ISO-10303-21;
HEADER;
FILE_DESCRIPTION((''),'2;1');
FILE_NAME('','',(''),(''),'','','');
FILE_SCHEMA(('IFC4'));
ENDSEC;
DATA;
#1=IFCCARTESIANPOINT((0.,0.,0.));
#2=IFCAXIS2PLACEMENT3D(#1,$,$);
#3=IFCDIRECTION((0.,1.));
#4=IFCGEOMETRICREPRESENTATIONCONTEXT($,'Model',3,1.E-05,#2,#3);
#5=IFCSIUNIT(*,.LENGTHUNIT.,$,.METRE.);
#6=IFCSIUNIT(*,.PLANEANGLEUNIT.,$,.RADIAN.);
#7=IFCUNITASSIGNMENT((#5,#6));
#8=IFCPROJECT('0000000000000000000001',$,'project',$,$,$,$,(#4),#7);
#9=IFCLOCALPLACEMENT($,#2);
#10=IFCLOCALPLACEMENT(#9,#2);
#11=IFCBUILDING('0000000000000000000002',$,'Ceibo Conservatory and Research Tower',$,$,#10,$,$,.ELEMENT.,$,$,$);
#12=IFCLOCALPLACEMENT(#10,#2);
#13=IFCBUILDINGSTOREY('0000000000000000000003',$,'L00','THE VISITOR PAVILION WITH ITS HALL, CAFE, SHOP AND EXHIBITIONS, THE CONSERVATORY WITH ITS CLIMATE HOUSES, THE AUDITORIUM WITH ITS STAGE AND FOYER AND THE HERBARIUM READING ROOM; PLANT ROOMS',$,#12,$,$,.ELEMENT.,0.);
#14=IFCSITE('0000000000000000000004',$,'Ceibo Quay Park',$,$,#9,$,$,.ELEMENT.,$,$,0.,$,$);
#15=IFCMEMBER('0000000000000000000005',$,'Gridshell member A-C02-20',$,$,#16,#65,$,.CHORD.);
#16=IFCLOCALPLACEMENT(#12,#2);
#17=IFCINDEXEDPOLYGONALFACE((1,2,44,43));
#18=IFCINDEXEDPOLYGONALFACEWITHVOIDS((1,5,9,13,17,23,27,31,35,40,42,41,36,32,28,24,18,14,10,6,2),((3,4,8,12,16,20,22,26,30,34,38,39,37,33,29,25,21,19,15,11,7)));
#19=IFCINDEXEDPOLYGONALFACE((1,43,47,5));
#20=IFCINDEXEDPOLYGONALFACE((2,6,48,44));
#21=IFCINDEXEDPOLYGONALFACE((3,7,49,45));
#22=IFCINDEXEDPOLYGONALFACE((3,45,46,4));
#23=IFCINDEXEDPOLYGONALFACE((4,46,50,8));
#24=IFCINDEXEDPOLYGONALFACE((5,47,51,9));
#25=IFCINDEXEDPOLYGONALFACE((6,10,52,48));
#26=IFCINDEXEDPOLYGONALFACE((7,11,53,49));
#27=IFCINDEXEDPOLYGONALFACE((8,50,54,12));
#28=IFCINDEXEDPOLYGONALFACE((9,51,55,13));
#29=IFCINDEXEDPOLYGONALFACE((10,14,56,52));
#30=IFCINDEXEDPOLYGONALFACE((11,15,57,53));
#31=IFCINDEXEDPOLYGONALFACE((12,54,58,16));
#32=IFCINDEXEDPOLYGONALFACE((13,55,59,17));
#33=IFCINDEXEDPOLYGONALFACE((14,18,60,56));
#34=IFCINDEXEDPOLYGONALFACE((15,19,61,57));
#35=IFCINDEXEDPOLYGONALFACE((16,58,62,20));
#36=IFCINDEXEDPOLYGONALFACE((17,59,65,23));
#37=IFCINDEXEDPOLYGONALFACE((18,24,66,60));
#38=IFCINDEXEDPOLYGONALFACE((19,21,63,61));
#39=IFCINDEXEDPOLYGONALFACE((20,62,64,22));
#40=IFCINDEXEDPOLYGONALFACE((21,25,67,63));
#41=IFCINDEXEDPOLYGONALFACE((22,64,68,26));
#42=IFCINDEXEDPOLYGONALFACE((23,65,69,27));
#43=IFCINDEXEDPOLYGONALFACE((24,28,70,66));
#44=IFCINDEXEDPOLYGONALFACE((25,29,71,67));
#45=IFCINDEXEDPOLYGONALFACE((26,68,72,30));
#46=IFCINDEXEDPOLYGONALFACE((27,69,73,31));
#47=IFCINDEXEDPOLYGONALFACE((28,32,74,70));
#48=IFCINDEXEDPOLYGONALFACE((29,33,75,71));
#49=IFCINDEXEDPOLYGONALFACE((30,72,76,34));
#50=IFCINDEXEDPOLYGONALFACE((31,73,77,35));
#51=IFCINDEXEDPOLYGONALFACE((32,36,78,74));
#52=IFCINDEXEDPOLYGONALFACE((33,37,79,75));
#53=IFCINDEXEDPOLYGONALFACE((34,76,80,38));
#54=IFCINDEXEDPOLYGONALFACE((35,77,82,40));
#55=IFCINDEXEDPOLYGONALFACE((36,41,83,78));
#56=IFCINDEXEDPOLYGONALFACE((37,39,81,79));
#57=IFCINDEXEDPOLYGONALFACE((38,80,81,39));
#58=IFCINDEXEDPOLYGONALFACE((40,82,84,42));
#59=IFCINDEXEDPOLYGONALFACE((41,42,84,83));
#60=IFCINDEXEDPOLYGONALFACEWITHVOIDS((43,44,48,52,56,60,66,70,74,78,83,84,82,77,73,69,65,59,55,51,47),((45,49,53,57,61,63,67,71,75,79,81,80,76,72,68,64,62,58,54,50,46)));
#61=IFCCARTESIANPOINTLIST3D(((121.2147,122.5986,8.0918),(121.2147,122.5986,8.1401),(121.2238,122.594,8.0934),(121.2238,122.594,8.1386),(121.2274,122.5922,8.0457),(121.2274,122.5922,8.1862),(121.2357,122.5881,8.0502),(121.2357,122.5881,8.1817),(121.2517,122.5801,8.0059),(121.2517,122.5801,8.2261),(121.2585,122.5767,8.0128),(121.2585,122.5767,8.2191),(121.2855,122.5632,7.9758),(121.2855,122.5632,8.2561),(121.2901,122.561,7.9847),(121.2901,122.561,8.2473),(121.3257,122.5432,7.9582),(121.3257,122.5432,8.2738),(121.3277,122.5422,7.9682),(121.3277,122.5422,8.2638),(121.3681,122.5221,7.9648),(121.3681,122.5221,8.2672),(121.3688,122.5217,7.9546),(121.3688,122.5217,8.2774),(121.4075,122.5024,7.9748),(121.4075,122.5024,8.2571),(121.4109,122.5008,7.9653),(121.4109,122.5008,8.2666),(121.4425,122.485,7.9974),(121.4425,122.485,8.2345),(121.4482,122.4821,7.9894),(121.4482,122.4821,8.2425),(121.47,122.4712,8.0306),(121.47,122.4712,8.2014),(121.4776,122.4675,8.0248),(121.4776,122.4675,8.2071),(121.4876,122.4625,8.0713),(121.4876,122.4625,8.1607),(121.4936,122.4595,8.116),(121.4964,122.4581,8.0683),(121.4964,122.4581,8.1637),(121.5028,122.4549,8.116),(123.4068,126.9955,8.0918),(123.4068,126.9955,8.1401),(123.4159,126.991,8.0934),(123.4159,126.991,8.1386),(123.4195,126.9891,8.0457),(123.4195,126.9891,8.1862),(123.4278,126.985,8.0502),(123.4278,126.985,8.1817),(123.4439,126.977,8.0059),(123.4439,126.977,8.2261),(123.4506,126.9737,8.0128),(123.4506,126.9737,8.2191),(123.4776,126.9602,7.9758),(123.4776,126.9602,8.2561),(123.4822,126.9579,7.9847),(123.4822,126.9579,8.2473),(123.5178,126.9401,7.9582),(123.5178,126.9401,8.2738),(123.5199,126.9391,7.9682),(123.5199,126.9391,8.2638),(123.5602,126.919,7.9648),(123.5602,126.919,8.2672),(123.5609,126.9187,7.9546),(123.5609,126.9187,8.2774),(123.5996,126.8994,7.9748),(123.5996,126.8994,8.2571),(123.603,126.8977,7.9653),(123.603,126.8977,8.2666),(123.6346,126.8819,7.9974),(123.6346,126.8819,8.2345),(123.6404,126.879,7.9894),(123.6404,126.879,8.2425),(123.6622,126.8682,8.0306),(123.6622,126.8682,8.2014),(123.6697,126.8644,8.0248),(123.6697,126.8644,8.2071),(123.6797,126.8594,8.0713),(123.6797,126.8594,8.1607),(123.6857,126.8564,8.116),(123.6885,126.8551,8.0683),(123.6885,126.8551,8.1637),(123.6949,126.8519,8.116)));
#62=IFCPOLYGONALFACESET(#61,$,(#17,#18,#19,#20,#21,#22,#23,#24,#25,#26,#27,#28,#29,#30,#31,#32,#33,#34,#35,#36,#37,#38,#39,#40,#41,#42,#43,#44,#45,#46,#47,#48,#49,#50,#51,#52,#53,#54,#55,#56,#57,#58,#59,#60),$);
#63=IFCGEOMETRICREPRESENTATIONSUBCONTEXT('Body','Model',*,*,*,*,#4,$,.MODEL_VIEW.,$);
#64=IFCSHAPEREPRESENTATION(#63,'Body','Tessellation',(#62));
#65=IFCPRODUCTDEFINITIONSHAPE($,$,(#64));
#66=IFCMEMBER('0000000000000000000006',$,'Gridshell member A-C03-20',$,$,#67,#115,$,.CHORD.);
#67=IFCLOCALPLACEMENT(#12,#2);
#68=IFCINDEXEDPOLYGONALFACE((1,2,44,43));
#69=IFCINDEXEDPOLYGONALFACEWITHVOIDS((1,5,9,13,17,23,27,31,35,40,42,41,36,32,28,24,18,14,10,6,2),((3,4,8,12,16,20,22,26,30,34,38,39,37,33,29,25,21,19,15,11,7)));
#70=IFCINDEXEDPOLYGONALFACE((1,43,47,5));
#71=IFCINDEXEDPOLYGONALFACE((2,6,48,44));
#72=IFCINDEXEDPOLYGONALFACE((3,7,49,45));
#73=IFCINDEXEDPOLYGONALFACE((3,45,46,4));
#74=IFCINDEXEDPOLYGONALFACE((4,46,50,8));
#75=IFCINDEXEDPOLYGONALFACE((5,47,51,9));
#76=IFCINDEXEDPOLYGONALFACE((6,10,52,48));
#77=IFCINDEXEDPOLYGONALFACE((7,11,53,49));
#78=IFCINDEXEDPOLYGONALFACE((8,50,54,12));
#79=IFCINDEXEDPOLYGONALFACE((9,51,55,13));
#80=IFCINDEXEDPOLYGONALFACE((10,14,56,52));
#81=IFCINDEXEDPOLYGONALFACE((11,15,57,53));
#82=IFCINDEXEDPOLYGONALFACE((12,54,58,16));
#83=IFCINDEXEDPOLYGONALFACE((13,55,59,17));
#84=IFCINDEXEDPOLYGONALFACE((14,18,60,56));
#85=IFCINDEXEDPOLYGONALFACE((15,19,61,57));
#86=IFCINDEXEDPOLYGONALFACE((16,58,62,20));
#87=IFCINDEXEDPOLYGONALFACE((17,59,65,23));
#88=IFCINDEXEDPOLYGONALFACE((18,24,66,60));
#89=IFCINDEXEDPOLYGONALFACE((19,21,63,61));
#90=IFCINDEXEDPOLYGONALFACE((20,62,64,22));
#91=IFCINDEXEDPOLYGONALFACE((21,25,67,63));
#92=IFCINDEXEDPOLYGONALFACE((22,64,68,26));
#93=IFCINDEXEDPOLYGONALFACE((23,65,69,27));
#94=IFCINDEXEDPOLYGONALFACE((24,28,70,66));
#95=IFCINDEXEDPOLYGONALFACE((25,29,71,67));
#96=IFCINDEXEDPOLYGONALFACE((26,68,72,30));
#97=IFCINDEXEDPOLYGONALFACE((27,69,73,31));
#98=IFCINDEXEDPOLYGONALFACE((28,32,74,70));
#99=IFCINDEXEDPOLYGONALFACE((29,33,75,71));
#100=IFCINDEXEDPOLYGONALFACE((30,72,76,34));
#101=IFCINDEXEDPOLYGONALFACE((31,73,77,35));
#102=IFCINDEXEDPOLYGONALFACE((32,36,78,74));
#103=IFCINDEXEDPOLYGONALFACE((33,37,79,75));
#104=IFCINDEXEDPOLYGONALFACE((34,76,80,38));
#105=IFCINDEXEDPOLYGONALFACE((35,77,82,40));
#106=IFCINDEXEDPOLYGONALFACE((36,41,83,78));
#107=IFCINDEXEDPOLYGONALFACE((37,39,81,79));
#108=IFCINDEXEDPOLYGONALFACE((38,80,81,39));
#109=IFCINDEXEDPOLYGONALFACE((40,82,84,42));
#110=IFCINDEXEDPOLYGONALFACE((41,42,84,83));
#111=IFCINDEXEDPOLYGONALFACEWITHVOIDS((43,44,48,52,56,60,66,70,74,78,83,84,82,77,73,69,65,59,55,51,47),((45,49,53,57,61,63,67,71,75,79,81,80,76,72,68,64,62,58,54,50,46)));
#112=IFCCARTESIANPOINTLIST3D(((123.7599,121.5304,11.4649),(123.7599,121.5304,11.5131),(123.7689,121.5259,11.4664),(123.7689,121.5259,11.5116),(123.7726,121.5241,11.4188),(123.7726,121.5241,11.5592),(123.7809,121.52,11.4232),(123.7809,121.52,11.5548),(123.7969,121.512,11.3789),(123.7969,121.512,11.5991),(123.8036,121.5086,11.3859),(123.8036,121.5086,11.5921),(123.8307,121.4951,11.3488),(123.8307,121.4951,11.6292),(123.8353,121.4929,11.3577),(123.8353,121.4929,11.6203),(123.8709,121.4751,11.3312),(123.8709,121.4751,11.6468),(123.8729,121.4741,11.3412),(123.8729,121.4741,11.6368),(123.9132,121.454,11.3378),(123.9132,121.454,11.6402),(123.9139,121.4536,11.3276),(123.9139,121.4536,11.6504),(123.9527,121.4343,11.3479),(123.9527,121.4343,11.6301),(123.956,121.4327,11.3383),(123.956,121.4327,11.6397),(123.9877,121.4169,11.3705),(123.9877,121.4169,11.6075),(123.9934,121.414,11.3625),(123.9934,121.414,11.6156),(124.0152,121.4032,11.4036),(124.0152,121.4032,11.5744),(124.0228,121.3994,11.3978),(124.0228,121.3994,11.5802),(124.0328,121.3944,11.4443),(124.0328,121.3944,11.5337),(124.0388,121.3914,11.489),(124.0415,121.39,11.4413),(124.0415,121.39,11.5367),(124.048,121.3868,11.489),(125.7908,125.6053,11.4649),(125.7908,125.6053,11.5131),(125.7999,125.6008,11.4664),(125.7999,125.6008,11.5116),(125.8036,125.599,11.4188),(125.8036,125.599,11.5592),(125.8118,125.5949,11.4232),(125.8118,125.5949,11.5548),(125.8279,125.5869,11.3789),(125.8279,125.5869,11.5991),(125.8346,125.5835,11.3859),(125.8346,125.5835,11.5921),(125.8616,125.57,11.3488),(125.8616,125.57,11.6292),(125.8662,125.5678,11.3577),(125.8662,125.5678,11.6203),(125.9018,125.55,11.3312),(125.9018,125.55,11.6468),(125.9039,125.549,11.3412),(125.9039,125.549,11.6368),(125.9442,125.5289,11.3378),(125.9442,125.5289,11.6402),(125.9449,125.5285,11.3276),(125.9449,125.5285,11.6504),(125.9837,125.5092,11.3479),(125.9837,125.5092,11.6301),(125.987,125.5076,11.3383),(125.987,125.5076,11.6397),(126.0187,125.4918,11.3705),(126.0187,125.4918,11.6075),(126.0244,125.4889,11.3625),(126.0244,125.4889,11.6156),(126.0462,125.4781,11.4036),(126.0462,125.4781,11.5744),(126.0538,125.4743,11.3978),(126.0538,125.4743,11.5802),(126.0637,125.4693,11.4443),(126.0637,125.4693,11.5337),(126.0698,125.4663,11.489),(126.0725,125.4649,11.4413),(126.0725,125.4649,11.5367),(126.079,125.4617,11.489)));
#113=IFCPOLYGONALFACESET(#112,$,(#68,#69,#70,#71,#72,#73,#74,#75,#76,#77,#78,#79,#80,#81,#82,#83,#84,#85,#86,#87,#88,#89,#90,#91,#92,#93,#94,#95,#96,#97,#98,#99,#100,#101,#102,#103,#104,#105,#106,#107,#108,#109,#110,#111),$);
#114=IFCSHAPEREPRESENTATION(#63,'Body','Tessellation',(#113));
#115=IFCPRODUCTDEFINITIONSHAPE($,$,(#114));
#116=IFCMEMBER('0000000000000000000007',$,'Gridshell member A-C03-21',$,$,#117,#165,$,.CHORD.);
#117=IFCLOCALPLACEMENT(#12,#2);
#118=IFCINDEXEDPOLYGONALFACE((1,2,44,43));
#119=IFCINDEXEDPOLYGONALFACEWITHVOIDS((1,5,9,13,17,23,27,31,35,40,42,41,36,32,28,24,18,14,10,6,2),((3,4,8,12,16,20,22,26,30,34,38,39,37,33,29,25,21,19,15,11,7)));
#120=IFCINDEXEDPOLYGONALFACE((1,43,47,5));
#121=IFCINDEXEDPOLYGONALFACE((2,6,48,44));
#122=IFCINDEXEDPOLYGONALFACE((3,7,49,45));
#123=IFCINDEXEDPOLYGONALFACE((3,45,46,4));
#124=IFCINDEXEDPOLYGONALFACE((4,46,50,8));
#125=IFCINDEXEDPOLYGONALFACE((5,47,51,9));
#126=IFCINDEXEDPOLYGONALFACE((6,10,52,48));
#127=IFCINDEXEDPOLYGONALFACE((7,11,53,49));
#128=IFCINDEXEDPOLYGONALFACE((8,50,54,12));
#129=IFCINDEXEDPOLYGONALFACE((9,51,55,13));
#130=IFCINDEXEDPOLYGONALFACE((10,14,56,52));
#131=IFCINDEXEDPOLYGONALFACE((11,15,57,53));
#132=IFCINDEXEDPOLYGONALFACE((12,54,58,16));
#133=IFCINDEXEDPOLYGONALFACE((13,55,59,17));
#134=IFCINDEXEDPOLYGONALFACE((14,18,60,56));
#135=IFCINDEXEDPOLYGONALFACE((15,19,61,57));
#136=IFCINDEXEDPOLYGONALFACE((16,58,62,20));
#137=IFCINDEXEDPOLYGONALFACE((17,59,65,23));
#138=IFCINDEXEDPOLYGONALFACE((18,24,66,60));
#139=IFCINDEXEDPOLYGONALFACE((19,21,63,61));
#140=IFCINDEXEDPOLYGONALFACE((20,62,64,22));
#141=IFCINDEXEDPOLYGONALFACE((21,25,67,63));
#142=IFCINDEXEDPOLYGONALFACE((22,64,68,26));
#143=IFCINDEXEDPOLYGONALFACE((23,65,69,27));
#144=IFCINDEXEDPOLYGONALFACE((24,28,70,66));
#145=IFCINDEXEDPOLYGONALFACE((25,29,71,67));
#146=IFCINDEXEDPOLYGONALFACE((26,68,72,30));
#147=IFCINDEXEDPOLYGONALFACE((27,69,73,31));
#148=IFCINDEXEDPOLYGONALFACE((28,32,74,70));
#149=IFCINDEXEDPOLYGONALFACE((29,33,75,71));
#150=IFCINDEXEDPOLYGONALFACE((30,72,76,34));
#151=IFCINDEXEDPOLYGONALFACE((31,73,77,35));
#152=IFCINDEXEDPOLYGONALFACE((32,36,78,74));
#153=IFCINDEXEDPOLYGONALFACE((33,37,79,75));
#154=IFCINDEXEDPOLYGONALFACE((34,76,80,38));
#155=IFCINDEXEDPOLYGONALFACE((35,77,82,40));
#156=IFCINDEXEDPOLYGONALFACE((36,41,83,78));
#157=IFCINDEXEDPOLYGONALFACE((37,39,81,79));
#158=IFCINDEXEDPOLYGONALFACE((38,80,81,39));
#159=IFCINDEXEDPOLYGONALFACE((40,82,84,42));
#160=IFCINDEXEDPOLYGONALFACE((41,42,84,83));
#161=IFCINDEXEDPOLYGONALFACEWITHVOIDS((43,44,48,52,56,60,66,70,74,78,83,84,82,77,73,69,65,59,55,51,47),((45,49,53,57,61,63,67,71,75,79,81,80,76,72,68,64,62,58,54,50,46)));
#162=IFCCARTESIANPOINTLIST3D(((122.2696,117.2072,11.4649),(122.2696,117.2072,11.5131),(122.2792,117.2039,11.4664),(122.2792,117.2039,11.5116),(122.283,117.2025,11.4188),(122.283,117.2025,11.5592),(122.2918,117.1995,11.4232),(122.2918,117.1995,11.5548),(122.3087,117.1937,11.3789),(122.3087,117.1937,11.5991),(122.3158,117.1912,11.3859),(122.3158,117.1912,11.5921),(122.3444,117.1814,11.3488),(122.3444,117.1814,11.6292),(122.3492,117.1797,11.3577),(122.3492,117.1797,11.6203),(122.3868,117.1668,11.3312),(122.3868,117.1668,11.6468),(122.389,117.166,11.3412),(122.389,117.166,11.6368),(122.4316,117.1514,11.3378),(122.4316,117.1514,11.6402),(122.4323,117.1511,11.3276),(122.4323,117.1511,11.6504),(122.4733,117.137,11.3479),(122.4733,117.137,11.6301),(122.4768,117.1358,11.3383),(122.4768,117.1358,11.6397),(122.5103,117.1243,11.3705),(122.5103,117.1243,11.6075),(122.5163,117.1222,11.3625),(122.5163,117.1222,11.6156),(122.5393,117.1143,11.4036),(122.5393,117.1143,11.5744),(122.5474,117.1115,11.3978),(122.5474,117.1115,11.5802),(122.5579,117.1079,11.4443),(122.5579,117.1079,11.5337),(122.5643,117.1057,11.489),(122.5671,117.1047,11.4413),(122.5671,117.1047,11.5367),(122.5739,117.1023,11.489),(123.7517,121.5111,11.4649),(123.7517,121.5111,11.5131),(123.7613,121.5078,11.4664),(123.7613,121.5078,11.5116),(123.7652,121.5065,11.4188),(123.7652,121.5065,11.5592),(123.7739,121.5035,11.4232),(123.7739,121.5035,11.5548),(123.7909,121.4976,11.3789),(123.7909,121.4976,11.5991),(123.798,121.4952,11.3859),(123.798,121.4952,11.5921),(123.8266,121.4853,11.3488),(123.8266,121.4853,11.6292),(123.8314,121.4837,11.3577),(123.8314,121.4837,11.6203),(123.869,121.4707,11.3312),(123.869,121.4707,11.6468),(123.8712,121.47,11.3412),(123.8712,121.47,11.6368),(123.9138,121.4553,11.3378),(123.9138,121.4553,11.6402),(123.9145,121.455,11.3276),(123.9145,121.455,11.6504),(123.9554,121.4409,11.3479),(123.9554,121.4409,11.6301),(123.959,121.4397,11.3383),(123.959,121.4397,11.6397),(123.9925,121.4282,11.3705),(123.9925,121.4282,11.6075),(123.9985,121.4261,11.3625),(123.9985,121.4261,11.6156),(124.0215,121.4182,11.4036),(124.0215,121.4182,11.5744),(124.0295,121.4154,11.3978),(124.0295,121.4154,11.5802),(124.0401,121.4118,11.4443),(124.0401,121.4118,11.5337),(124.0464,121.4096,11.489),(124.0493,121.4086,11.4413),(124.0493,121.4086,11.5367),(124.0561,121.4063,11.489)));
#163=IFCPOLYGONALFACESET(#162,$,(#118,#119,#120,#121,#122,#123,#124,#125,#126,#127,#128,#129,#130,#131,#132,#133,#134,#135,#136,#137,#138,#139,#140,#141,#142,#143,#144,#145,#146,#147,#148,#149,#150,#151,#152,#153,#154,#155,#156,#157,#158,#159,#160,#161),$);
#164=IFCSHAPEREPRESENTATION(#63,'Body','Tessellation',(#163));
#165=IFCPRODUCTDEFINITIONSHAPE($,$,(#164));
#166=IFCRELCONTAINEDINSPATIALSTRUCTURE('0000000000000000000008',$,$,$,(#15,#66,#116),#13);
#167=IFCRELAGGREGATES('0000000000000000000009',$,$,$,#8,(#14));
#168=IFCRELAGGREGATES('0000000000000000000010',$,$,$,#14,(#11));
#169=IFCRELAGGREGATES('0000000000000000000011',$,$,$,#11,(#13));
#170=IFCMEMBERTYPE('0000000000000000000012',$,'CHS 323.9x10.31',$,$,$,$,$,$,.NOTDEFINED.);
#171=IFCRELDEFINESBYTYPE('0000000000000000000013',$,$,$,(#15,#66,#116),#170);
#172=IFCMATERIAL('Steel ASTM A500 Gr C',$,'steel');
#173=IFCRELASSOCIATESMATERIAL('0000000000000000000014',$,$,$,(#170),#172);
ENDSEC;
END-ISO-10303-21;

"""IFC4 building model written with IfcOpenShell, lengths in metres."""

from ifc_helpers import new_model, si_unit, direction, frame, origin, origin_2d, place, context, subcontext, project, spatial, hollow_circle, extrude, material, material_profile, profile_set, type_object, element, save


model = new_model("IFC4")

# Units and contexts
model_context = context("Model", 3, precision=1e-05, world=origin(), true_north=direction((0.0, 1.0)))
body_context = subcontext(model_context, "Body", "Model", "MODEL_VIEW")
ifc_project = project(units=[si_unit("LENGTHUNIT", "METRE"), si_unit("PLANEANGLEUNIT", "RADIAN")], contexts=[model_context])

# Site, building, storey
site_placement = place(None, origin())
site = spatial("IfcSite", under=ifc_project, at=site_placement, Name="Ceibo Quay Park", CompositionType="ELEMENT", RefElevation=0.0)
building_placement = place(site_placement, origin())
building = spatial("IfcBuilding", under=site, at=building_placement, Name="Ceibo Conservatory and Research Tower", CompositionType="ELEMENT")
storey_placement = place(building_placement, origin())
storey = spatial("IfcBuildingStorey", under=building, at=storey_placement, Name="L00", Description="THE VISITOR PAVILION WITH ITS HALL, CAFE, SHOP AND EXHIBITIONS, THE CONSERVATORY WITH ITS CLIMATE HOUSES, THE AUDITORIUM WITH ITS STAGE AND FOYER AND THE HERBARIUM READING ROOM; PLANT ROOMS", CompositionType="ELEMENT", Elevation=0.0)

# Members
ifc_material_1 = material(Name="Steel ASTM A500 Gr C", Category="steel")
ifc_material_profile_1 = material_profile(ifc_material_1, hollow_circle(Radius=0.1619, WallThickness=0.0103, at=origin_2d()), Name="CHS 323.9x10.31")
ifc_profile_set_1 = profile_set([ifc_material_profile_1], Name="Steel ASTM A500 Gr C")
member_type_1 = type_object("IfcMemberType", Name="CHS 323.9x10.31", PredefinedType="NOTDEFINED", material=ifc_profile_set_1)
member_1_placement = place(storey_placement, frame((123.55, 126.9241, 8.116), z_axis=(-0.44618, -0.894943, 0.0), x_axis=(0.894943, -0.44618, 0.0)))
element("IfcMember", 1, at=member_1_placement, inside=storey, type_object=member_type_1, Name="Gridshell member A-C02-20", PredefinedType="CHORD", context=body_context, shape_type="SweptSolid", body=[
    extrude(hollow_circle(Radius=0.1619, WallThickness=0.0103, at=origin_2d()), origin(), (0.0, 0.0, 1.0), 4.9131),
])
member_2_placement = place(storey_placement, frame((125.9341, 125.5339, 11.489), z_axis=(-0.446076, -0.894995, 0.0), x_axis=(0.894995, -0.446076, 0.0)))
element("IfcMember", 2, at=member_2_placement, inside=storey, type_object=member_type_1, Name="Gridshell member A-C03-20", PredefinedType="CHORD", context=body_context, shape_type="SweptSolid", body=[
    extrude(hollow_circle(Radius=0.1619, WallThickness=0.0103, at=origin_2d()), origin(), (0.0, 0.0, 1.0), 4.553),
])
member_3_placement = place(storey_placement, frame((123.9031, 121.459, 11.489), z_axis=(-0.325609, -0.945505, 0.0), x_axis=(0.945505, -0.325609, 0.0)))
element("IfcMember", 3, at=member_3_placement, inside=storey, type_object=member_type_1, Name="Gridshell member A-C03-21", PredefinedType="CHORD", context=body_context, shape_type="SweptSolid", body=[
    extrude(hollow_circle(Radius=0.1619, WallThickness=0.0103, at=origin_2d()), origin(), (0.0, 0.0, 1.0), 4.552),
])

save(model, "model.ifc")
